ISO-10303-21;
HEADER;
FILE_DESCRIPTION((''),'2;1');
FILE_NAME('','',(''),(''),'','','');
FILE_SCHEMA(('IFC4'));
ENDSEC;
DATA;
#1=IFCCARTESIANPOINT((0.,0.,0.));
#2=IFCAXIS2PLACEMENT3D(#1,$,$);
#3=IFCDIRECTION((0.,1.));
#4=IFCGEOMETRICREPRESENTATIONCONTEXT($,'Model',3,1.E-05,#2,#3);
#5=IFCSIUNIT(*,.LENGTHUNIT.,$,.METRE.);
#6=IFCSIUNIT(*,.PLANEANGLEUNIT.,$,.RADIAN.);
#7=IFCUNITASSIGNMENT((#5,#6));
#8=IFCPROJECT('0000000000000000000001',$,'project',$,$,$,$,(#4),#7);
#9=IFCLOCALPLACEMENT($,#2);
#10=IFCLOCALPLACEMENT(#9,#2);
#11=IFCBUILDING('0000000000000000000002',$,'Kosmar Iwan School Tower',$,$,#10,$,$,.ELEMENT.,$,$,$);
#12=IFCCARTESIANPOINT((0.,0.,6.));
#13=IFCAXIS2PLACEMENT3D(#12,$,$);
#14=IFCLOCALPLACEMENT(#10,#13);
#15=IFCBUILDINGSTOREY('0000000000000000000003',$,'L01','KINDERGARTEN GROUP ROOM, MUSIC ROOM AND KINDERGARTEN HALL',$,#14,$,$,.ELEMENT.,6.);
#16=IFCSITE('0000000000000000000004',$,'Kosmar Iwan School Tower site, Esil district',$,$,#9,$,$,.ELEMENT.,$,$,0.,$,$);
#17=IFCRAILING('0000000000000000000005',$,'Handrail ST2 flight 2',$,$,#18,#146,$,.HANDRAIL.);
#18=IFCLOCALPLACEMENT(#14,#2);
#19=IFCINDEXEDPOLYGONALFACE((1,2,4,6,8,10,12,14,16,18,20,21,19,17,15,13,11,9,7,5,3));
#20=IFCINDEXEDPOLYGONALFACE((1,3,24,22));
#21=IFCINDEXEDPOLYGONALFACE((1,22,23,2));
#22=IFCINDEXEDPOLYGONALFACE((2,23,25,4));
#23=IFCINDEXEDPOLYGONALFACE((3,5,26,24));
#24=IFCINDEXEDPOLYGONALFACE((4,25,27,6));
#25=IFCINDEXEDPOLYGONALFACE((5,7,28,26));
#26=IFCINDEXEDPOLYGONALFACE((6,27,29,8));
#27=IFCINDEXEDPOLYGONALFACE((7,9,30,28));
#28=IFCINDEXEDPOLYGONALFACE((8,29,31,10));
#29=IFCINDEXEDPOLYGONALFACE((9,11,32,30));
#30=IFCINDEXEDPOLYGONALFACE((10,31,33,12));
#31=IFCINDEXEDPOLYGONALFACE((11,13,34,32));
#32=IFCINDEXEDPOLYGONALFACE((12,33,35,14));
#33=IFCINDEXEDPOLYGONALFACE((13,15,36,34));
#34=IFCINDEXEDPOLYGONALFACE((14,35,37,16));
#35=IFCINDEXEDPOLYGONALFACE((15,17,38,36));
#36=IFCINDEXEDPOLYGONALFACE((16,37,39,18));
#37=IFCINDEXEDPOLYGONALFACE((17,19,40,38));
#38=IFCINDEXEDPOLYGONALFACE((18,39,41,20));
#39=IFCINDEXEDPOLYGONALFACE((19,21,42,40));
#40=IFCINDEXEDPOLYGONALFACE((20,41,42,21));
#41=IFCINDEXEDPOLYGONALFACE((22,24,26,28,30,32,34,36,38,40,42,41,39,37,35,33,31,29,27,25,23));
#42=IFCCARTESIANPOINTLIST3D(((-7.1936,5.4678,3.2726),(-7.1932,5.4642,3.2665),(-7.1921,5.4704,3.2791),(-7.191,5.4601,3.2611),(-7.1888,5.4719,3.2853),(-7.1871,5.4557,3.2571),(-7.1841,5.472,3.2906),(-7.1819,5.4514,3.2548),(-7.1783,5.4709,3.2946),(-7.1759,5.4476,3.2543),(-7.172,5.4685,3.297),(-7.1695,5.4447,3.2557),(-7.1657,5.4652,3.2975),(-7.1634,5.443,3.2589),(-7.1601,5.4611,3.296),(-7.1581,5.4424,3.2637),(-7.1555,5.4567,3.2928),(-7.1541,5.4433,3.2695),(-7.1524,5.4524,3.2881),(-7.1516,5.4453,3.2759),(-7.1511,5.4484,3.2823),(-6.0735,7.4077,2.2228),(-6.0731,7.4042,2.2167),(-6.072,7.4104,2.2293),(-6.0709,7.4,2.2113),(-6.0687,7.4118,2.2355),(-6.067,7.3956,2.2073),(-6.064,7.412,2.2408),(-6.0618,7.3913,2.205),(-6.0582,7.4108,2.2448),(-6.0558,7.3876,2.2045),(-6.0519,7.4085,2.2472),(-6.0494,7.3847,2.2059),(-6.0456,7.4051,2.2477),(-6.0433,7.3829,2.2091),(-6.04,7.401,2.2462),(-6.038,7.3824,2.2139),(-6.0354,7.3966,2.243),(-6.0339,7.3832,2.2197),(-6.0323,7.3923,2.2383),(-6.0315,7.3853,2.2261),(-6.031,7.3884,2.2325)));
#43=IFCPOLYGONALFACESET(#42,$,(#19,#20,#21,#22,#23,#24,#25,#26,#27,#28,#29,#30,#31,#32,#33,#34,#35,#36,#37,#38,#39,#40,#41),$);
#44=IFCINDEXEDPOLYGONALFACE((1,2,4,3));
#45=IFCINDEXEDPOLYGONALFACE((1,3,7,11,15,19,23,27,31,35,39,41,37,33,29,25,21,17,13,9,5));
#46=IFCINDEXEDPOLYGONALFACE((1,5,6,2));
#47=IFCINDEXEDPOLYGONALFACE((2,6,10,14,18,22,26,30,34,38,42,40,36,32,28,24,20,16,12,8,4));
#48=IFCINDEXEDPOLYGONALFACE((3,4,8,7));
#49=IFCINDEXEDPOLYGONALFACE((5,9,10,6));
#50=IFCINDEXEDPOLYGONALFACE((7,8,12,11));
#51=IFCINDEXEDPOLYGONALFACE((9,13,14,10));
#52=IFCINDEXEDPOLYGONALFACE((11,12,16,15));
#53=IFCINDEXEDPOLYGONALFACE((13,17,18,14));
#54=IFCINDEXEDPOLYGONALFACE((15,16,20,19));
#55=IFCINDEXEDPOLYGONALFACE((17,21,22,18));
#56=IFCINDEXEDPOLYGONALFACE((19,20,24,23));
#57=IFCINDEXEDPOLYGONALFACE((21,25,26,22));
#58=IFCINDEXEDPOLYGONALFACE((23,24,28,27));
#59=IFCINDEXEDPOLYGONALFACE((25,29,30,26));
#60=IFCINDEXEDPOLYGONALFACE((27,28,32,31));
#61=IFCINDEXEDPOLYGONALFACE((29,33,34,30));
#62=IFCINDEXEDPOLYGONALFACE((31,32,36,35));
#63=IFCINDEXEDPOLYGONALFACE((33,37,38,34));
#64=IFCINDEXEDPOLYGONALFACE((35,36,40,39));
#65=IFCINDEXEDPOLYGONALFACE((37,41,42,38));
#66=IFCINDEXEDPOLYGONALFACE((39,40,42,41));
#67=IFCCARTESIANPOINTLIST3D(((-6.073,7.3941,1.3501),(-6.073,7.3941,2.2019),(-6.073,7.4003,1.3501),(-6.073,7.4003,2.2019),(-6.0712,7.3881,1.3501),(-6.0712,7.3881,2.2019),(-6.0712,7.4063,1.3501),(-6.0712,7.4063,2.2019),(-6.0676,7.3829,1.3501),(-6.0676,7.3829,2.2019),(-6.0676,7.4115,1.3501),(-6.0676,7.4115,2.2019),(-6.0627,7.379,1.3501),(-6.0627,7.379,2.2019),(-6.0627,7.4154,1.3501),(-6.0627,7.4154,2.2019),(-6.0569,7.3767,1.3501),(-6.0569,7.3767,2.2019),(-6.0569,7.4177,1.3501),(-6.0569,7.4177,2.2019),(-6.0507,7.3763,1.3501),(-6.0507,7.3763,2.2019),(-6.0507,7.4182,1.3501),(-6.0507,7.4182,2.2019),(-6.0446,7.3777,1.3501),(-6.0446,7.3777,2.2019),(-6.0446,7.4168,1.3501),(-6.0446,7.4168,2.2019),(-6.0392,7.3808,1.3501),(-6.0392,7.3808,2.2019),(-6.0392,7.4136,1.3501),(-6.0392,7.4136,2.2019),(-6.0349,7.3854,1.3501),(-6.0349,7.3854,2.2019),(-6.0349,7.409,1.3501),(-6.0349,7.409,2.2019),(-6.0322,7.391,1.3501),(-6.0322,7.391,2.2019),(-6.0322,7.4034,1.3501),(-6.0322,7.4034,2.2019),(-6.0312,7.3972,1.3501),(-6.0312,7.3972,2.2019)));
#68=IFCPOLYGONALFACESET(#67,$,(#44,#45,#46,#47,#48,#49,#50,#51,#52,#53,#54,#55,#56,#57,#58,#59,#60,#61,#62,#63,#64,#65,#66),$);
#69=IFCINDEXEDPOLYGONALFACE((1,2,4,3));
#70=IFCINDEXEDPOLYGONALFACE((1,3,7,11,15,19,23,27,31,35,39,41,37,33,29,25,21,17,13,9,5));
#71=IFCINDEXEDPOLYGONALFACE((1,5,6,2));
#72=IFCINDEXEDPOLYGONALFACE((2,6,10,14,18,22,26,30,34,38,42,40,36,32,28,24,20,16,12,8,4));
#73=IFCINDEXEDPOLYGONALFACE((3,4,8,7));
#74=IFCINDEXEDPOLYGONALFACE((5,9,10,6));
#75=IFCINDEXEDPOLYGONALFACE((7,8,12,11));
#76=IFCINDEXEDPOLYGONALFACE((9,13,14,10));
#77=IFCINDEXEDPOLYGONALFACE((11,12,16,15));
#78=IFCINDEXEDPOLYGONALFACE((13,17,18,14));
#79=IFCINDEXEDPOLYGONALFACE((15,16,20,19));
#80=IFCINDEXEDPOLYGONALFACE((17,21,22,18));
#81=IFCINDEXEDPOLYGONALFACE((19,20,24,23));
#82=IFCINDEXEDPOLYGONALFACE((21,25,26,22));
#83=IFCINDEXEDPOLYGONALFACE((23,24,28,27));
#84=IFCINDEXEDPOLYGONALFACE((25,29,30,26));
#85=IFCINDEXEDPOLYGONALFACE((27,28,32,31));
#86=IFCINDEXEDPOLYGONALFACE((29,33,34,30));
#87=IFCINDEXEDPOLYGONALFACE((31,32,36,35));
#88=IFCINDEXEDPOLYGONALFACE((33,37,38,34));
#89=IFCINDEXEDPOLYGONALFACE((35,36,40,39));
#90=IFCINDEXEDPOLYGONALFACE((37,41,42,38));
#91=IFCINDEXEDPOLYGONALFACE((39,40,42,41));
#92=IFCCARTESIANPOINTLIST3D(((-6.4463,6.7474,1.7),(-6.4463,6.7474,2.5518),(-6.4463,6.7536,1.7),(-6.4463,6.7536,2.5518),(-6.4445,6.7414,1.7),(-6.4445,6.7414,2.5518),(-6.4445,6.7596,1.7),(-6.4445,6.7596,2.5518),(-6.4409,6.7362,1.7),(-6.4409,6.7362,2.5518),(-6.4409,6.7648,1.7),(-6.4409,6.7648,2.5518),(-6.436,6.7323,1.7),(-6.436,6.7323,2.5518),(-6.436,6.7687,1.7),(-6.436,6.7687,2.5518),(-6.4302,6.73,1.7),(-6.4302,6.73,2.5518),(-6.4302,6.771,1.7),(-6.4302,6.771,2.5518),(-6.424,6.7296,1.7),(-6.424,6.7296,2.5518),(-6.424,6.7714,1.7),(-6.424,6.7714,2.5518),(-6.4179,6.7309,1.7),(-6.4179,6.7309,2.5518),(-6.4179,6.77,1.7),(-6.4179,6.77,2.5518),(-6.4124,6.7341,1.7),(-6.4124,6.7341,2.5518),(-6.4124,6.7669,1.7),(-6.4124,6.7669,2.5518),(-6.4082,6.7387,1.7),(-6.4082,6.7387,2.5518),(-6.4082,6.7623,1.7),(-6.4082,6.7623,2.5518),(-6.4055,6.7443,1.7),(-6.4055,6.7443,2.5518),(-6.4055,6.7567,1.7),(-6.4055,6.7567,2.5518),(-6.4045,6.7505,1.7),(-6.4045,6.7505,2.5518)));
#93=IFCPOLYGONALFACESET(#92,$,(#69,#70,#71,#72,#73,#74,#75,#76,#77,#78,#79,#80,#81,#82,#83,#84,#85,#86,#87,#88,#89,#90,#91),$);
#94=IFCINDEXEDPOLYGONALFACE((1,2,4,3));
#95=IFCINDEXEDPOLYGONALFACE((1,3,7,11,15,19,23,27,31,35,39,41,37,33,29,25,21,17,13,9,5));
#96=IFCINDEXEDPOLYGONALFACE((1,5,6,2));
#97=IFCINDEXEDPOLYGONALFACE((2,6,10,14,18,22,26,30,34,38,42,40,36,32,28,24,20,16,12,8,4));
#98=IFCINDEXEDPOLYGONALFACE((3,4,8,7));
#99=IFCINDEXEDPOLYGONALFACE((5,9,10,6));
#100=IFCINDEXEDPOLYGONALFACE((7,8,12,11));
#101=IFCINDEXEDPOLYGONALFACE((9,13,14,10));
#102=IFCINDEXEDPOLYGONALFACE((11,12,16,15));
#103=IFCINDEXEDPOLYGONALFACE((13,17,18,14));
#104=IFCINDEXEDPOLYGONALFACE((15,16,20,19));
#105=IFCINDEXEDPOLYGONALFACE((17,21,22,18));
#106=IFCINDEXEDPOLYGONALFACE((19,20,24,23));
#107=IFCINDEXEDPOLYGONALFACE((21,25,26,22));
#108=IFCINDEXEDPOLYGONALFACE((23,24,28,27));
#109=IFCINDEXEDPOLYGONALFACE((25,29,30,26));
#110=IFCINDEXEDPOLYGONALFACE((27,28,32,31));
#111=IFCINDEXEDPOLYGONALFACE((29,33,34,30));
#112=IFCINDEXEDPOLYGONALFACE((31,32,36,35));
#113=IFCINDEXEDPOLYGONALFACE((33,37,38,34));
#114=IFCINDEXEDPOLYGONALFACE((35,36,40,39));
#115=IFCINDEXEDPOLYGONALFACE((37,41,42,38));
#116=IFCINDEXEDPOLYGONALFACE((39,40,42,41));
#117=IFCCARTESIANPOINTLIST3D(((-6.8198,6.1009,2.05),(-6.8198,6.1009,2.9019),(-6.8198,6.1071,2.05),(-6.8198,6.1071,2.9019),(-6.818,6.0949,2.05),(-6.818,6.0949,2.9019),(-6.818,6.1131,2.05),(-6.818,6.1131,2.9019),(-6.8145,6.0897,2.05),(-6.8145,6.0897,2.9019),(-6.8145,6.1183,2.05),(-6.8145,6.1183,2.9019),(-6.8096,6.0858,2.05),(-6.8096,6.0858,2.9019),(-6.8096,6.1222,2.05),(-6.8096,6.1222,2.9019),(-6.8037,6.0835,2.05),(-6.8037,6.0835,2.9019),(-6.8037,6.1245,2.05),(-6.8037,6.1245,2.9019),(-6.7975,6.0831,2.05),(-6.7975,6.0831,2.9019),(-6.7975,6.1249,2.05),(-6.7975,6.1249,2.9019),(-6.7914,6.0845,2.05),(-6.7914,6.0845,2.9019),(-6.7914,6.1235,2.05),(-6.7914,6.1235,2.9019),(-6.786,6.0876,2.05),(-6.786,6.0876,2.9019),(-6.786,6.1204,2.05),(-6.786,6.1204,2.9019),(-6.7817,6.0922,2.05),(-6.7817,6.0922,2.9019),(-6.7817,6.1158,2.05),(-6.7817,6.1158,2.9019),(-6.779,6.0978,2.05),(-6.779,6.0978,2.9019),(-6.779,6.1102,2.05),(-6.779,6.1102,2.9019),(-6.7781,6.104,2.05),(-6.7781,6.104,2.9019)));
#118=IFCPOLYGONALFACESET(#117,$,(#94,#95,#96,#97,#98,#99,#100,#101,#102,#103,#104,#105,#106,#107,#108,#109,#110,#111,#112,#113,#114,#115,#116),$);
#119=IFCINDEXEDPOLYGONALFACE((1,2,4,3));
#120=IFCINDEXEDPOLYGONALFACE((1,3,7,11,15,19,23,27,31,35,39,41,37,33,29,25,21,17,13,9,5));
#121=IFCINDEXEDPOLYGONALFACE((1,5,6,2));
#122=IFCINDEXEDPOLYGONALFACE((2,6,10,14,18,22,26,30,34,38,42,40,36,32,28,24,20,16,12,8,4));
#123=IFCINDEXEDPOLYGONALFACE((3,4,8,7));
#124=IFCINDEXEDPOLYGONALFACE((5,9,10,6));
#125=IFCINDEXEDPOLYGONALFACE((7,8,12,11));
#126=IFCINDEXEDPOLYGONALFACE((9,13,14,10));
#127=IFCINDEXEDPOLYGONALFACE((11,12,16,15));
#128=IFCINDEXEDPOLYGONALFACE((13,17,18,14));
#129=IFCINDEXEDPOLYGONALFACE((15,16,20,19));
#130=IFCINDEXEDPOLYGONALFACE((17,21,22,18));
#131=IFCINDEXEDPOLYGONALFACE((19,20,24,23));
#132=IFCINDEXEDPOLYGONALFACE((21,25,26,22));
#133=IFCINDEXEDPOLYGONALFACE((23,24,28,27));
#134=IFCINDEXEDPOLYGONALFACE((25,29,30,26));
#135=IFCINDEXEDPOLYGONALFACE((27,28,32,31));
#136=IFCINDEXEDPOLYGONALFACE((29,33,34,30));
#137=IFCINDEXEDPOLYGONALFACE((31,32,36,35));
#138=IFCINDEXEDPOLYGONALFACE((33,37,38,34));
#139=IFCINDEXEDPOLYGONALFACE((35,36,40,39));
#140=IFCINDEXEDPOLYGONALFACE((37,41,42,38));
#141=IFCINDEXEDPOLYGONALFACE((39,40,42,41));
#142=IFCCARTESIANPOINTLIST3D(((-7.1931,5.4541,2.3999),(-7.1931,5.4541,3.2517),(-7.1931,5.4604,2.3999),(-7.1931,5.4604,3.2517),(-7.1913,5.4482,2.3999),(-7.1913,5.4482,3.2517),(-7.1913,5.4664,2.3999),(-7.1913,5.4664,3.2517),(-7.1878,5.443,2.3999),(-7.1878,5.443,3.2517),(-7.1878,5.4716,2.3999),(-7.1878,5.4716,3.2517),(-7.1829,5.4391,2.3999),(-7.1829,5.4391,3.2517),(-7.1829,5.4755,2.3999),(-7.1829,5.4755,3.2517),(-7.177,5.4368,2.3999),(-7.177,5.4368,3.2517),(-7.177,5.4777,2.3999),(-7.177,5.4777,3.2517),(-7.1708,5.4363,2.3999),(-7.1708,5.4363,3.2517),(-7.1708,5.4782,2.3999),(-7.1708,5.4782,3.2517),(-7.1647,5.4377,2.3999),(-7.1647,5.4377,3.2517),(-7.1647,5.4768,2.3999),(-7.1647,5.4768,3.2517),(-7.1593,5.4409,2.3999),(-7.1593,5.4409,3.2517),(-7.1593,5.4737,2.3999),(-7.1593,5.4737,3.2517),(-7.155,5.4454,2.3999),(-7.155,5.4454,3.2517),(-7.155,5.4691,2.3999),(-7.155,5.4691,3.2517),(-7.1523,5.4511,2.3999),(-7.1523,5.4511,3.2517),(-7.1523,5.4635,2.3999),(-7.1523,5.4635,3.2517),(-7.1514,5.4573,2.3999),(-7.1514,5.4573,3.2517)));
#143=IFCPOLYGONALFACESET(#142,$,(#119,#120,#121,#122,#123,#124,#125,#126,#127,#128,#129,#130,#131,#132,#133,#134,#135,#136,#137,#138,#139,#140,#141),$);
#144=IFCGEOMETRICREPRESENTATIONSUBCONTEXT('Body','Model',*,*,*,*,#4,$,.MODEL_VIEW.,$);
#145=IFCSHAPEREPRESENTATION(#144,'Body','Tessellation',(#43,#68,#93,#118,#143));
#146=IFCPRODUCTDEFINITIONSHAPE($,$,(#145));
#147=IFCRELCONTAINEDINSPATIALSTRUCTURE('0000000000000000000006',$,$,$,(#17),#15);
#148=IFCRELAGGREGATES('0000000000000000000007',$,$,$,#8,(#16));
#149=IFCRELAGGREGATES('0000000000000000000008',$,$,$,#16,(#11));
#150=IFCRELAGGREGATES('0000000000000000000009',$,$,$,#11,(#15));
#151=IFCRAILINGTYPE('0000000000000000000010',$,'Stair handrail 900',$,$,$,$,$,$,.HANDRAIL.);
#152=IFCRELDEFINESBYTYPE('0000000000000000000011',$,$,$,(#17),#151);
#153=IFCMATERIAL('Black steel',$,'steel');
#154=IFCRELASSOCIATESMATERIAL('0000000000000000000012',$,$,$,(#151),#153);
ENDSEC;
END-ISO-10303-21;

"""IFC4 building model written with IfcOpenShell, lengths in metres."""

from ifc_helpers import new_model, si_unit, direction, frame, origin, origin_2d, place, context, subcontext, project, spatial, circle, extrude, material, type_object, element, save


model = new_model("IFC4")

# Units and contexts
model_context = context("Model", 3, precision=1e-05, world=origin(), true_north=direction((0.0, 1.0)))
body_context = subcontext(model_context, "Body", "Model", "MODEL_VIEW")
ifc_project = project(units=[si_unit("LENGTHUNIT", "METRE"), si_unit("PLANEANGLEUNIT", "RADIAN")], contexts=[model_context])

# Site, building, storey
site_placement = place(None, origin())
site = spatial("IfcSite", under=ifc_project, at=site_placement, Name="Kosmar Iwan School Tower site, Esil district", CompositionType="ELEMENT", RefElevation=0.0)
building_placement = place(site_placement, origin())
building = spatial("IfcBuilding", under=site, at=building_placement, Name="Kosmar Iwan School Tower", CompositionType="ELEMENT")
storey_placement = place(building_placement, frame((0.0, 0.0, 6.0)))
storey = spatial("IfcBuildingStorey", under=building, at=storey_placement, Name="L01", Description="KINDERGARTEN GROUP ROOM, MUSIC ROOM AND KINDERGARTEN HALL", CompositionType="ELEMENT", Elevation=6.0)

# Railing
ifc_material_1 = material(Name="Black steel", Category="steel")
railing_type = type_object("IfcRailingType", Name="Stair handrail 900", PredefinedType="HANDRAIL", material=ifc_material_1)
railing_1_placement = place(storey_placement, frame((-6.0522, 7.3972, 1.3501)))
element("IfcRailing", 1, at=railing_1_placement, inside=storey, type_object=railing_type, Name="Handrail ST2 flight 2", PredefinedType="HANDRAIL", context=body_context, shape_type="SweptSolid", body=[
    extrude(circle(Radius=0.0239, at=origin_2d()), frame((0.0, 0.0, 0.876), z_axis=(-0.452776, -0.784167, 0.424354), x_axis=(0.866008, -0.500031, 0.0)), (0.0, 0.0, 1.0), 2.4739),
    extrude(circle(Radius=0.021, at=origin_2d()), origin(), (0.0, 0.0, 1.0), 0.8518),
    extrude(circle(Radius=0.021, at=origin_2d()), frame((-0.3733, -0.6467, 0.3499)), (0.0, 0.0, 1.0), 0.8518),
    extrude(circle(Radius=0.021, at=origin_2d()), frame((-0.7468, -1.2932, 0.7)), (0.0, 0.0, 1.0), 0.8518),
    extrude(circle(Radius=0.021, at=origin_2d()), frame((-1.1201, -1.9399, 1.0498)), (0.0, 0.0, 1.0), 0.8518),
])

save(model, "model.ifc")
